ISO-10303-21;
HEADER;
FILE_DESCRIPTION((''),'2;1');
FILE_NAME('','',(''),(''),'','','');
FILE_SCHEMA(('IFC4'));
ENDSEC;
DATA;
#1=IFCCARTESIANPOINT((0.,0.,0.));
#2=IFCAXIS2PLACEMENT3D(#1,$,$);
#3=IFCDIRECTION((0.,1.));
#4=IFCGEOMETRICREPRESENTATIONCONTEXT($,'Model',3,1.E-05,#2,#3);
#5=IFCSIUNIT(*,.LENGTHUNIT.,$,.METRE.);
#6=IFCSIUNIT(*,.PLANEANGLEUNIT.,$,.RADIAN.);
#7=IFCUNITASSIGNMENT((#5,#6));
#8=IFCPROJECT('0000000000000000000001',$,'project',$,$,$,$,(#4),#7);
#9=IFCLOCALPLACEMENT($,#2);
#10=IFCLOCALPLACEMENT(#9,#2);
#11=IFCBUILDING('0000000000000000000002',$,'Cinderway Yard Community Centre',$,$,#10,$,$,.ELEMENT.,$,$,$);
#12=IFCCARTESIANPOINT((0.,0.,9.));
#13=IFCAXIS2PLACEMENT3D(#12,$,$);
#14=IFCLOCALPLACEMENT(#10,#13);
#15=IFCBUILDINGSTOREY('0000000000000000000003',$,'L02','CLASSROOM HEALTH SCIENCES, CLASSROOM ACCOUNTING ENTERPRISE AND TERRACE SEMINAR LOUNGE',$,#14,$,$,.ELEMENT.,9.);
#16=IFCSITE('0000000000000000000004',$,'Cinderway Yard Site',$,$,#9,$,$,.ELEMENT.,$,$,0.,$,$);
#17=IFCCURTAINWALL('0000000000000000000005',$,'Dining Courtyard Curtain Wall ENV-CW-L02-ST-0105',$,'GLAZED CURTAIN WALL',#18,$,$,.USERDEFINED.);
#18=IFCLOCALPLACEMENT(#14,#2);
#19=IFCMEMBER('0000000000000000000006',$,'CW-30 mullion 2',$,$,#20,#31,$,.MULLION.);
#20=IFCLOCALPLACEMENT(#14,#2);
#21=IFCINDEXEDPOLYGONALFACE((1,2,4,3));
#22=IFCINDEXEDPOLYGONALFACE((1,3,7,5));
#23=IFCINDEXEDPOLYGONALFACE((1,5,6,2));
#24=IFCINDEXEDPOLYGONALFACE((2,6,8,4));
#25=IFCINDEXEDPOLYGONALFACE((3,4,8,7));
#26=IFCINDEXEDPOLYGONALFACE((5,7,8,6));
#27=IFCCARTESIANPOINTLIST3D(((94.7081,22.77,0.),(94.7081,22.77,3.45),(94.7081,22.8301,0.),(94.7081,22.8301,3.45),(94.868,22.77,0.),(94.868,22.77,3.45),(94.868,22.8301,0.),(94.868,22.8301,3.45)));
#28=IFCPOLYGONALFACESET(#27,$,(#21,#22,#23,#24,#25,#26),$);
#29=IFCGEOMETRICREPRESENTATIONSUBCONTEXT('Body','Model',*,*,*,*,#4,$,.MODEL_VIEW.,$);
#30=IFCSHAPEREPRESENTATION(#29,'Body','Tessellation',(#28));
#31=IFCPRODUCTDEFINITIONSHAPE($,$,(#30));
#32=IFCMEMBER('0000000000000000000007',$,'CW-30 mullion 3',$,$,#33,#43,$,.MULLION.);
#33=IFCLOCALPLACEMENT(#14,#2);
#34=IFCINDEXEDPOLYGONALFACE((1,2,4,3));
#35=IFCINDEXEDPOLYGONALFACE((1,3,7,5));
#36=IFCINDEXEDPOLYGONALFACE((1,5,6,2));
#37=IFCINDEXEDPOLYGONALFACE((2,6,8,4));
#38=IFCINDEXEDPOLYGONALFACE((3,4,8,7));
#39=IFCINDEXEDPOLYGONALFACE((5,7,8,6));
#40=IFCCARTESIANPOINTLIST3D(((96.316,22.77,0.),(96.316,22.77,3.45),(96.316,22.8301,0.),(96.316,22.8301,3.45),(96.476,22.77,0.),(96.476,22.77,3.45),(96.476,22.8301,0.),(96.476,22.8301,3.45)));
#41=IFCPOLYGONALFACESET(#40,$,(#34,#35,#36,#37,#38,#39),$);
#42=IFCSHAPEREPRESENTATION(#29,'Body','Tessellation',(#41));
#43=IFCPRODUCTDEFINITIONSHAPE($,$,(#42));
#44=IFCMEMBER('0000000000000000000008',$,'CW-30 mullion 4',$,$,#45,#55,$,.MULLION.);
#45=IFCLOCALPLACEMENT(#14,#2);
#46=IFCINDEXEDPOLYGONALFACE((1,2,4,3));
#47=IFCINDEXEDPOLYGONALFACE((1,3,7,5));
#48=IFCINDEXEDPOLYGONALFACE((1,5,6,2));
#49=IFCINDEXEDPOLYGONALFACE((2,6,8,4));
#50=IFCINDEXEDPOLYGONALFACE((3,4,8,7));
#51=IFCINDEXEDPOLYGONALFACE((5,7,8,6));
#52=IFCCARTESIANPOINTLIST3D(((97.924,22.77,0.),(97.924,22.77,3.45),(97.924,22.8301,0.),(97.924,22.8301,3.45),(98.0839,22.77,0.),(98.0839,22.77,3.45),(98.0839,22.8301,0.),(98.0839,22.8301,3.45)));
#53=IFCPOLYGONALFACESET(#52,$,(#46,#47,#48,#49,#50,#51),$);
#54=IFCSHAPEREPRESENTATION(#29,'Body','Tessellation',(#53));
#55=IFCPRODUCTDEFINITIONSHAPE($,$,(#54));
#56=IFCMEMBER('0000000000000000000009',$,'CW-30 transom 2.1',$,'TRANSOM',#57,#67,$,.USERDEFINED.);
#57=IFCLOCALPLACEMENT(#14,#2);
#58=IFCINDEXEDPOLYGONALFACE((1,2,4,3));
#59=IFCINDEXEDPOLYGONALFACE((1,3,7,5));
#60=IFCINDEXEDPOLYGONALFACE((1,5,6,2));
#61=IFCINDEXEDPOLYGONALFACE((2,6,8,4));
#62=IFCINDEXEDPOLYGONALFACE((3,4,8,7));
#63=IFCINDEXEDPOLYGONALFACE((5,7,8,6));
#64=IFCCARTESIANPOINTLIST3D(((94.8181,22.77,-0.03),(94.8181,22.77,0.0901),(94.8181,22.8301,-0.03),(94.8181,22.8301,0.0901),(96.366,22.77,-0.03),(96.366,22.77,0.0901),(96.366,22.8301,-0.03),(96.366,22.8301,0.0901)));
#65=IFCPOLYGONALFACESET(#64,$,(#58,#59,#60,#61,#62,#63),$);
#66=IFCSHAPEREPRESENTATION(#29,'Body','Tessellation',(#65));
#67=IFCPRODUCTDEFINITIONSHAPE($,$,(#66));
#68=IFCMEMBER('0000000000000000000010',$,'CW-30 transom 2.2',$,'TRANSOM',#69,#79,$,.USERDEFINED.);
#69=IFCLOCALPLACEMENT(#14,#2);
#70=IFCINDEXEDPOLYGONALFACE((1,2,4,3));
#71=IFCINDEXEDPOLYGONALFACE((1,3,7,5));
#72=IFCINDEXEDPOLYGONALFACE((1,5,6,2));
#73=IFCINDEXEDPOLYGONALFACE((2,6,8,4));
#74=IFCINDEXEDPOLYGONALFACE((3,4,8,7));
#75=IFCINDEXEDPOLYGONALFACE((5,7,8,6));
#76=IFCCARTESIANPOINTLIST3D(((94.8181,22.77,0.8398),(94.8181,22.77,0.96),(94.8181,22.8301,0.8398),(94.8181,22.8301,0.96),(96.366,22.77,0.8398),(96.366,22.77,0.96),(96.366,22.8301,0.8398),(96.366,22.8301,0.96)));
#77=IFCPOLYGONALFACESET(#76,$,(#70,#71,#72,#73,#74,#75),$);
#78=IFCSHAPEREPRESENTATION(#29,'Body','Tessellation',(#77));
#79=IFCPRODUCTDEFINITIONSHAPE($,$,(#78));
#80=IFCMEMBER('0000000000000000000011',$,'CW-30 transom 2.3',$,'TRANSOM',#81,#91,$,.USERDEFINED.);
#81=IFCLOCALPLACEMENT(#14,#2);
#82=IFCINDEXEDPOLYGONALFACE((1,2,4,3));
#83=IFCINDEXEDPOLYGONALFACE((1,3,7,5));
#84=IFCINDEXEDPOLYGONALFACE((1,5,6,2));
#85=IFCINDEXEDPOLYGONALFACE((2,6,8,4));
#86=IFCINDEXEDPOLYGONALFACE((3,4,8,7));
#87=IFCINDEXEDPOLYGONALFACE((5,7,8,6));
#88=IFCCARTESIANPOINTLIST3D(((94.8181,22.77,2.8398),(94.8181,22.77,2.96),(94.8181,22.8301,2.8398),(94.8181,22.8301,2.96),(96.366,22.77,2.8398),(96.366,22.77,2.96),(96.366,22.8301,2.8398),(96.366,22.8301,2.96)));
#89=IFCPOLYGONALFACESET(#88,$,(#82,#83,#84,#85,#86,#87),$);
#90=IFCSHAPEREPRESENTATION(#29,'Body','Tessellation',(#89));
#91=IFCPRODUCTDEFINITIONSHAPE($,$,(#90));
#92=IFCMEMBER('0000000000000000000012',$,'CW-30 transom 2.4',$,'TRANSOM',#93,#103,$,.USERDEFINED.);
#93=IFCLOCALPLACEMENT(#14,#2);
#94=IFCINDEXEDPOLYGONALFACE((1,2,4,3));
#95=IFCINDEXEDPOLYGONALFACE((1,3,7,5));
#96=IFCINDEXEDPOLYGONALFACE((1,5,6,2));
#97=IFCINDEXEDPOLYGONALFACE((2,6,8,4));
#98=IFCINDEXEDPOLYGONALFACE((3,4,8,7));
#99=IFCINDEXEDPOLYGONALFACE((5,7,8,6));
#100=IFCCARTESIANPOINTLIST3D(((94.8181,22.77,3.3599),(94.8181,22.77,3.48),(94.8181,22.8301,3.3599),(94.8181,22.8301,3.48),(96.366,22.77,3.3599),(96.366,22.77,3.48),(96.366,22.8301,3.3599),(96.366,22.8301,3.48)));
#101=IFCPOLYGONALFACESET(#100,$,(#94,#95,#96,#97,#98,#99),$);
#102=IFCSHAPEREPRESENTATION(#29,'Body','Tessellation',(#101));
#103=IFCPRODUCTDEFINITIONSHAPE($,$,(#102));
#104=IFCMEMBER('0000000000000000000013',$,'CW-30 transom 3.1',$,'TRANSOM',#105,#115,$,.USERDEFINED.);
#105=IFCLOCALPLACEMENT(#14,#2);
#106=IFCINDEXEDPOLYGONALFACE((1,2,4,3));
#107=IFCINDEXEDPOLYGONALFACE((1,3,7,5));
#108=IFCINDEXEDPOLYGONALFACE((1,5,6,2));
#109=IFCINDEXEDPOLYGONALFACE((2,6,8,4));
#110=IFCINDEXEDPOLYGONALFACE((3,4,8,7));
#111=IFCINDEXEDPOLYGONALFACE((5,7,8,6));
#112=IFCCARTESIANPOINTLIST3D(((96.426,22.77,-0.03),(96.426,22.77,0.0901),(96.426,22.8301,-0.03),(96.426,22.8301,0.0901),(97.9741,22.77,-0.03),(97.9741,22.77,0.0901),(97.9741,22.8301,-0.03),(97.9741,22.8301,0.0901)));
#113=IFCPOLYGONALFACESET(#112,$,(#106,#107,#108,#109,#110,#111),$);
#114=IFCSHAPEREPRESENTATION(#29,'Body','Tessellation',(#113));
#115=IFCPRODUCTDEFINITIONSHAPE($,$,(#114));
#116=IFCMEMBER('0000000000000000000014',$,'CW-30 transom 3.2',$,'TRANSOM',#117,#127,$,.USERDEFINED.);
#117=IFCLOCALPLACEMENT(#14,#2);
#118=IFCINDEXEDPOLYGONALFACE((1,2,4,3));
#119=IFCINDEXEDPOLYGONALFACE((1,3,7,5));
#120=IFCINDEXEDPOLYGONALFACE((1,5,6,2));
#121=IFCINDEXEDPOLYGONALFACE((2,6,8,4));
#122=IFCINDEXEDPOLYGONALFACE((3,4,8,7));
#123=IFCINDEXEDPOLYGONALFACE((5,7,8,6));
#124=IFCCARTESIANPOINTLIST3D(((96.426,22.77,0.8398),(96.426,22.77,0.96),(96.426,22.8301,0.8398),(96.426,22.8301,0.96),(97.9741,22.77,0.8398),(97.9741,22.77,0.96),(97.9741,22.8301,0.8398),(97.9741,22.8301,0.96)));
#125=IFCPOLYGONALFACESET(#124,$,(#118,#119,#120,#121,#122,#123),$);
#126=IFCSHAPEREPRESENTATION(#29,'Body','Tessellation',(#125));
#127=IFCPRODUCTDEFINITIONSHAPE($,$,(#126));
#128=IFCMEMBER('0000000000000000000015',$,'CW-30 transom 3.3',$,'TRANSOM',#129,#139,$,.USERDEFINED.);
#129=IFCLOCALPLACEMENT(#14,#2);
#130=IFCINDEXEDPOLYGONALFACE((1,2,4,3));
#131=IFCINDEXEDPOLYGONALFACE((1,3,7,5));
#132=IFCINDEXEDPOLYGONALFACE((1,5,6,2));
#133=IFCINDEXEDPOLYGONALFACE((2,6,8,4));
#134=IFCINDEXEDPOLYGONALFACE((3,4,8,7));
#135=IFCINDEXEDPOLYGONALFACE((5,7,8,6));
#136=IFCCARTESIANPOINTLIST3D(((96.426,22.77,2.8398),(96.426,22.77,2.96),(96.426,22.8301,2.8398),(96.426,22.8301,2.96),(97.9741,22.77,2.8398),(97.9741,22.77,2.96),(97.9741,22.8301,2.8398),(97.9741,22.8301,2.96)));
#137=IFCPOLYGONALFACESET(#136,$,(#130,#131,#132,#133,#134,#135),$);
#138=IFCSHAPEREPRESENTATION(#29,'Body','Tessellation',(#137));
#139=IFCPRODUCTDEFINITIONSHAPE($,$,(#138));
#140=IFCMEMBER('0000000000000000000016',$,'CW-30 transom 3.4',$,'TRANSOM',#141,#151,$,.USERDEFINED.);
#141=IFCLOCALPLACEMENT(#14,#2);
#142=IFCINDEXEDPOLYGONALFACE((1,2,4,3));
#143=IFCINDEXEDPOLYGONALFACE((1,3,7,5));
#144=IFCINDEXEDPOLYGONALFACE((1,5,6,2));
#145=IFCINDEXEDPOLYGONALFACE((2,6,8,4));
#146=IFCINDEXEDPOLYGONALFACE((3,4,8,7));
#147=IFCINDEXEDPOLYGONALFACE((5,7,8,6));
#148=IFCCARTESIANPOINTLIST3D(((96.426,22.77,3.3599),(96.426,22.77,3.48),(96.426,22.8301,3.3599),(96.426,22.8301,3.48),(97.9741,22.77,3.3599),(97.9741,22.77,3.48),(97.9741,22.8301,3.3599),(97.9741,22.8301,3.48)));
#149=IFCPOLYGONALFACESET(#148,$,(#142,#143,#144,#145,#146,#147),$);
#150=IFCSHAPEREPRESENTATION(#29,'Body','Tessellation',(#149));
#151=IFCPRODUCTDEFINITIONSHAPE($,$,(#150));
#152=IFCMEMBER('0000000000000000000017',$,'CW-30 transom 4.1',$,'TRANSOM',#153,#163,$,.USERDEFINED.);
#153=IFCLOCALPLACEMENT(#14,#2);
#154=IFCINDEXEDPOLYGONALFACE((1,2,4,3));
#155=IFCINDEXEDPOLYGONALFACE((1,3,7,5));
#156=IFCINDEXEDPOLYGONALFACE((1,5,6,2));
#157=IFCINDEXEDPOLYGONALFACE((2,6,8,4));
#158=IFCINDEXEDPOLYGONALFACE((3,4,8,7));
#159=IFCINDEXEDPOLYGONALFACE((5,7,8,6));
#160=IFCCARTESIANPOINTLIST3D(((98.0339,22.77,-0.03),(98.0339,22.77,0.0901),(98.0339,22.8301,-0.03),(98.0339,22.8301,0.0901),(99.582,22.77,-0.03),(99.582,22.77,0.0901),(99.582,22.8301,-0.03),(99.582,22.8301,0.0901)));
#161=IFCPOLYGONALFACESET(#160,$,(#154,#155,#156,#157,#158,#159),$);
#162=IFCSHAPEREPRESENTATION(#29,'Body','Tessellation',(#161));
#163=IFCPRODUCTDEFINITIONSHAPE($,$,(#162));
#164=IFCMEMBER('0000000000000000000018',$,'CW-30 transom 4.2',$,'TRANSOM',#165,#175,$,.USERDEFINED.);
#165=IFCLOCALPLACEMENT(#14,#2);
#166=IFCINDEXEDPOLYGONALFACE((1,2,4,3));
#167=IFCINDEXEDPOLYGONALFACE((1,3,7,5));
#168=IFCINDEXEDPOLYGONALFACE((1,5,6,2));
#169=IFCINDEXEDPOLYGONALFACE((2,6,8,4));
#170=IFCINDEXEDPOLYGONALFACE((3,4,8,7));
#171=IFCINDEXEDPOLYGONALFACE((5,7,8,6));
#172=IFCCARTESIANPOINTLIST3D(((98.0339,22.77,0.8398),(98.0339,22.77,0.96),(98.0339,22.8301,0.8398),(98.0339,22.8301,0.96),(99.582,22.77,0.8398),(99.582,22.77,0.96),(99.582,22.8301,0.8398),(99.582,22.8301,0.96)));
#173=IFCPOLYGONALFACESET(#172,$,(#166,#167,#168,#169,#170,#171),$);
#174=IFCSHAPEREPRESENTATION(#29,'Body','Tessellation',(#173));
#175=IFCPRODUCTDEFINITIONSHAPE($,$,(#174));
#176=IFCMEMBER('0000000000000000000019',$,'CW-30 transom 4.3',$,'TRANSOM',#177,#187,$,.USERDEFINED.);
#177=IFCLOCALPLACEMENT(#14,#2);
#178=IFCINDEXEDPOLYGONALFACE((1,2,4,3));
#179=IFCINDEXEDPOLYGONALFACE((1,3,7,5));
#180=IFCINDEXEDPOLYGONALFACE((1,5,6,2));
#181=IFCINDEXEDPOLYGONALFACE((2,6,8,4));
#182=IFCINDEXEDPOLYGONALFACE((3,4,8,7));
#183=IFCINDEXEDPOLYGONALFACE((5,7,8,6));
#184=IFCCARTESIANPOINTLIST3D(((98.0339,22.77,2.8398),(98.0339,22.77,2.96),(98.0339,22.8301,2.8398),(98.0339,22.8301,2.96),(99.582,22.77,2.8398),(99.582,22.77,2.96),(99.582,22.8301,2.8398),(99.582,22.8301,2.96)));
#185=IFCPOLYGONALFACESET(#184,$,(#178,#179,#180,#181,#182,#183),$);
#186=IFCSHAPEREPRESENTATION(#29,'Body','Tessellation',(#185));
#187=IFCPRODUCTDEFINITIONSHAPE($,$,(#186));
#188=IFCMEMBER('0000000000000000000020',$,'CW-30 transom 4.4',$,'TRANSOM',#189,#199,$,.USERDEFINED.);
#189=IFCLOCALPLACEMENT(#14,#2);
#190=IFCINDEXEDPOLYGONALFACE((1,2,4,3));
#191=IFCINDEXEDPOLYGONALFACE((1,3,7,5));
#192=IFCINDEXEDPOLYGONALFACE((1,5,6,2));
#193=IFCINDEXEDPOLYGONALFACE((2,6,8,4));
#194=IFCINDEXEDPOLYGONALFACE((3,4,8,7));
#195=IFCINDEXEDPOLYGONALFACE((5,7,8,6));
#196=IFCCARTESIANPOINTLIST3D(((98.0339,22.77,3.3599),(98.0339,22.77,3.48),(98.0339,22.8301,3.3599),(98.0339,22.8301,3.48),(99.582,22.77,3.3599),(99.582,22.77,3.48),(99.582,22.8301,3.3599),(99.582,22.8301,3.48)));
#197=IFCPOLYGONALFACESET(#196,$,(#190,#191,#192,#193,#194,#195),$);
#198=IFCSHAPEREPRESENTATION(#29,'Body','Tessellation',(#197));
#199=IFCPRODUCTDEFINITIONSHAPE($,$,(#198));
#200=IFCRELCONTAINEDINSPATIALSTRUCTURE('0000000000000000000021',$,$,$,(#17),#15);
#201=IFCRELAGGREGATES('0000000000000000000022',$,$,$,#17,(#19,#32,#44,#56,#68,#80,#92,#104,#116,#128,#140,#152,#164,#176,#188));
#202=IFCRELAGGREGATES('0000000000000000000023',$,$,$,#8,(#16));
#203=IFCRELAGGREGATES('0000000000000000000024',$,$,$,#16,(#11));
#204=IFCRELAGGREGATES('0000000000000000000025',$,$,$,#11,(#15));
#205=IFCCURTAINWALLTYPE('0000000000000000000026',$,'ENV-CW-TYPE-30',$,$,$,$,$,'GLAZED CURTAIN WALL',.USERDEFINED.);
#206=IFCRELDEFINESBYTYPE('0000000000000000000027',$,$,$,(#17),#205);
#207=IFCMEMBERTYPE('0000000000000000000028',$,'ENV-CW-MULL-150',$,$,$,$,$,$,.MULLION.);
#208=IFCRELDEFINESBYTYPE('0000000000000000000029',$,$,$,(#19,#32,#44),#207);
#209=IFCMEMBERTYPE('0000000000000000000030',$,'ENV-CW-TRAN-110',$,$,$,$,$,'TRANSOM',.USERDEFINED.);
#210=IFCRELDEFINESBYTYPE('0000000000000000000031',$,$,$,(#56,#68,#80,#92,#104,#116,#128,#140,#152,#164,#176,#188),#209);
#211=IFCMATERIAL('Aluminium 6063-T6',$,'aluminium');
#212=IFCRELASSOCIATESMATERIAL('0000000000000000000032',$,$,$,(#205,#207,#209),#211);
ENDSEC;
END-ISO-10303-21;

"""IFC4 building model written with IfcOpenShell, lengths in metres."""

from ifc_helpers import new_model, si_unit, direction, frame, origin, origin_2d, place, context, subcontext, project, spatial, rectangle, extrude, material, material_profile, profile_set, type_object, element, aggregate, save


model = new_model("IFC4")

# Units and contexts
model_context = context("Model", 3, precision=1e-05, world=origin(), true_north=direction((0.0, 1.0)))
body_context = subcontext(model_context, "Body", "Model", "MODEL_VIEW")
ifc_project = project(units=[si_unit("LENGTHUNIT", "METRE"), si_unit("PLANEANGLEUNIT", "RADIAN")], contexts=[model_context])

# Site, building, storey
site_placement = place(None, origin())
site = spatial("IfcSite", under=ifc_project, at=site_placement, Name="Cinderway Yard Site", CompositionType="ELEMENT", RefElevation=0.0)
building_placement = place(site_placement, origin())
building = spatial("IfcBuilding", under=site, at=building_placement, Name="Cinderway Yard Community Centre", CompositionType="ELEMENT")
storey_placement = place(building_placement, frame((0.0, 0.0, 9.0)))
storey = spatial("IfcBuildingStorey", under=building, at=storey_placement, Name="L02", Description="CLASSROOM HEALTH SCIENCES, CLASSROOM ACCOUNTING ENTERPRISE AND TERRACE SEMINAR LOUNGE", CompositionType="ELEMENT", Elevation=9.0)

# Curtain wall, members
ifc_material_1 = material(Name="Aluminium 6063-T6", Category="aluminium")
curtain_wall_type = type_object("IfcCurtainWallType", Name="ENV-CW-TYPE-30", ElementType="GLAZED CURTAIN WALL", PredefinedType="USERDEFINED", material=ifc_material_1)
curtain_wall_placement = place(storey_placement, origin())
curtain_wall = element("IfcCurtainWall", 1, at=curtain_wall_placement, inside=storey, type_object=curtain_wall_type, Name="Dining Courtyard Curtain Wall ENV-CW-L02-ST-0105", ObjectType="GLAZED CURTAIN WALL", PredefinedType="USERDEFINED")
ifc_material_profile_1 = material_profile(ifc_material_1, rectangle(XDim=0.0601, YDim=0.1599, at=origin_2d()), Name="Aluminium 6063-T6")
ifc_profile_set_1 = profile_set([ifc_material_profile_1], Name="Aluminium 6063-T6")
member_type_1 = type_object("IfcMemberType", Name="ENV-CW-MULL-150", PredefinedType="MULLION", material=ifc_profile_set_1)
member_1_placement = place(storey_placement, frame((94.7881, 22.8, 0.0), z_axis=(0.0, 0.0, 1.0), x_axis=(0.0, 1.0, 0.0)))
member_1 = element("IfcMember", 2, at=member_1_placement, type_object=member_type_1, Name="CW-30 mullion 2", PredefinedType="MULLION", context=body_context, shape_type="SweptSolid", body=[
    extrude(rectangle(XDim=0.0601, YDim=0.1599, at=origin_2d()), origin(), (0.0, 0.0, 1.0), 3.45),
])
member_2_placement = place(storey_placement, frame((96.396, 22.8, 0.0), z_axis=(0.0, 0.0, 1.0), x_axis=(0.0, 1.0, 0.0)))
member_2 = element("IfcMember", 3, at=member_2_placement, type_object=member_type_1, Name="CW-30 mullion 3", PredefinedType="MULLION", context=body_context, shape_type="SweptSolid", body=[
    extrude(rectangle(XDim=0.0601, YDim=0.1599, at=origin_2d()), origin(), (0.0, 0.0, 1.0), 3.45),
])
member_3_placement = place(storey_placement, frame((98.0039, 22.8, 0.0), z_axis=(0.0, 0.0, 1.0), x_axis=(0.0, 1.0, 0.0)))
member_3 = element("IfcMember", 4, at=member_3_placement, type_object=member_type_1, Name="CW-30 mullion 4", PredefinedType="MULLION", context=body_context, shape_type="SweptSolid", body=[
    extrude(rectangle(XDim=0.0601, YDim=0.1599, at=origin_2d()), origin(), (0.0, 0.0, 1.0), 3.45),
])
ifc_material_profile_2 = material_profile(ifc_material_1, rectangle(XDim=0.0601, YDim=0.1201, at=origin_2d()), Name="Aluminium 6063-T6")
ifc_profile_set_2 = profile_set([ifc_material_profile_2], Name="Aluminium 6063-T6")
member_type_2 = type_object("IfcMemberType", Name="ENV-CW-TRAN-110", ElementType="TRANSOM", PredefinedType="USERDEFINED", material=ifc_profile_set_2)
member_4_placement = place(storey_placement, frame((94.8181, 22.8, 0.03), z_axis=(1.0, 0.0, 0.0), x_axis=(0.0, 1.0, 0.0)))
member_4 = element("IfcMember", 5, at=member_4_placement, type_object=member_type_2, Name="CW-30 transom 2.1", ObjectType="TRANSOM", PredefinedType="USERDEFINED", context=body_context, shape_type="SweptSolid", body=[
    extrude(rectangle(XDim=0.0601, YDim=0.1201, at=origin_2d()), origin(), (0.0, 0.0, 1.0), 1.5479),
])
member_5_placement = place(storey_placement, frame((94.8181, 22.8, 0.8999), z_axis=(1.0, 0.0, 0.0), x_axis=(0.0, 1.0, 0.0)))
member_5 = element("IfcMember", 6, at=member_5_placement, type_object=member_type_2, Name="CW-30 transom 2.2", ObjectType="TRANSOM", PredefinedType="USERDEFINED", context=body_context, shape_type="SweptSolid", body=[
    extrude(rectangle(XDim=0.0601, YDim=0.1201, at=origin_2d()), origin(), (0.0, 0.0, 1.0), 1.5479),
])
member_6_placement = place(storey_placement, frame((94.8181, 22.8, 2.8999), z_axis=(1.0, 0.0, 0.0), x_axis=(0.0, 1.0, 0.0)))
member_6 = element("IfcMember", 7, at=member_6_placement, type_object=member_type_2, Name="CW-30 transom 2.3", ObjectType="TRANSOM", PredefinedType="USERDEFINED", context=body_context, shape_type="SweptSolid", body=[
    extrude(rectangle(XDim=0.0601, YDim=0.1201, at=origin_2d()), origin(), (0.0, 0.0, 1.0), 1.5479),
])
member_7_placement = place(storey_placement, frame((94.8181, 22.8, 3.4199), z_axis=(1.0, 0.0, 0.0), x_axis=(0.0, 1.0, 0.0)))
member_7 = element("IfcMember", 8, at=member_7_placement, type_object=member_type_2, Name="CW-30 transom 2.4", ObjectType="TRANSOM", PredefinedType="USERDEFINED", context=body_context, shape_type="SweptSolid", body=[
    extrude(rectangle(XDim=0.0601, YDim=0.1201, at=origin_2d()), origin(), (0.0, 0.0, 1.0), 1.5479),
])
member_8_placement = place(storey_placement, frame((96.426, 22.8, 0.03), z_axis=(1.0, 0.0, 0.0), x_axis=(0.0, 1.0, 0.0)))
member_8 = element("IfcMember", 9, at=member_8_placement, type_object=member_type_2, Name="CW-30 transom 3.1", ObjectType="TRANSOM", PredefinedType="USERDEFINED", context=body_context, shape_type="SweptSolid", body=[
    extrude(rectangle(XDim=0.0601, YDim=0.1201, at=origin_2d()), origin(), (0.0, 0.0, 1.0), 1.5481),
])
member_9_placement = place(storey_placement, frame((96.426, 22.8, 0.8999), z_axis=(1.0, 0.0, 0.0), x_axis=(0.0, 1.0, 0.0)))
member_9 = element("IfcMember", 10, at=member_9_placement, type_object=member_type_2, Name="CW-30 transom 3.2", ObjectType="TRANSOM", PredefinedType="USERDEFINED", context=body_context, shape_type="SweptSolid", body=[
    extrude(rectangle(XDim=0.0601, YDim=0.1201, at=origin_2d()), origin(), (0.0, 0.0, 1.0), 1.5481),
])
member_10_placement = place(storey_placement, frame((96.426, 22.8, 2.8999), z_axis=(1.0, 0.0, 0.0), x_axis=(0.0, 1.0, 0.0)))
member_10 = element("IfcMember", 11, at=member_10_placement, type_object=member_type_2, Name="CW-30 transom 3.3", ObjectType="TRANSOM", PredefinedType="USERDEFINED", context=body_context, shape_type="SweptSolid", body=[
    extrude(rectangle(XDim=0.0601, YDim=0.1201, at=origin_2d()), origin(), (0.0, 0.0, 1.0), 1.5481),
])
member_11_placement = place(storey_placement, frame((96.426, 22.8, 3.4199), z_axis=(1.0, 0.0, 0.0), x_axis=(0.0, 1.0, 0.0)))
member_11 = element("IfcMember", 12, at=member_11_placement, type_object=member_type_2, Name="CW-30 transom 3.4", ObjectType="TRANSOM", PredefinedType="USERDEFINED", context=body_context, shape_type="SweptSolid", body=[
    extrude(rectangle(XDim=0.0601, YDim=0.1201, at=origin_2d()), origin(), (0.0, 0.0, 1.0), 1.5481),
])
member_12_placement = place(storey_placement, frame((98.0339, 22.8, 0.03), z_axis=(1.0, 0.0, 0.0), x_axis=(0.0, 1.0, 0.0)))
member_12 = element("IfcMember", 13, at=member_12_placement, type_object=member_type_2, Name="CW-30 transom 4.1", ObjectType="TRANSOM", PredefinedType="USERDEFINED", context=body_context, shape_type="SweptSolid", body=[
    extrude(rectangle(XDim=0.0601, YDim=0.1201, at=origin_2d()), origin(), (0.0, 0.0, 1.0), 1.5481),
])
member_13_placement = place(storey_placement, frame((98.0339, 22.8, 0.8999), z_axis=(1.0, 0.0, 0.0), x_axis=(0.0, 1.0, 0.0)))
member_13 = element("IfcMember", 14, at=member_13_placement, type_object=member_type_2, Name="CW-30 transom 4.2", ObjectType="TRANSOM", PredefinedType="USERDEFINED", context=body_context, shape_type="SweptSolid", body=[
    extrude(rectangle(XDim=0.0601, YDim=0.1201, at=origin_2d()), origin(), (0.0, 0.0, 1.0), 1.5481),
])
member_14_placement = place(storey_placement, frame((98.0339, 22.8, 2.8999), z_axis=(1.0, 0.0, 0.0), x_axis=(0.0, 1.0, 0.0)))
member_14 = element("IfcMember", 15, at=member_14_placement, type_object=member_type_2, Name="CW-30 transom 4.3", ObjectType="TRANSOM", PredefinedType="USERDEFINED", context=body_context, shape_type="SweptSolid", body=[
    extrude(rectangle(XDim=0.0601, YDim=0.1201, at=origin_2d()), origin(), (0.0, 0.0, 1.0), 1.5481),
])
member_15_placement = place(storey_placement, frame((98.0339, 22.8, 3.4199), z_axis=(1.0, 0.0, 0.0), x_axis=(0.0, 1.0, 0.0)))
member_15 = element("IfcMember", 16, at=member_15_placement, type_object=member_type_2, Name="CW-30 transom 4.4", ObjectType="TRANSOM", PredefinedType="USERDEFINED", context=body_context, shape_type="SweptSolid", body=[
    extrude(rectangle(XDim=0.0601, YDim=0.1201, at=origin_2d()), origin(), (0.0, 0.0, 1.0), 1.5481),
])

aggregate(curtain_wall, [member_1, member_2, member_3, member_4, member_5, member_6, member_7, member_8, member_9, member_10, member_11, member_12, member_13, member_14, member_15])

save(model, "model.ifc")
